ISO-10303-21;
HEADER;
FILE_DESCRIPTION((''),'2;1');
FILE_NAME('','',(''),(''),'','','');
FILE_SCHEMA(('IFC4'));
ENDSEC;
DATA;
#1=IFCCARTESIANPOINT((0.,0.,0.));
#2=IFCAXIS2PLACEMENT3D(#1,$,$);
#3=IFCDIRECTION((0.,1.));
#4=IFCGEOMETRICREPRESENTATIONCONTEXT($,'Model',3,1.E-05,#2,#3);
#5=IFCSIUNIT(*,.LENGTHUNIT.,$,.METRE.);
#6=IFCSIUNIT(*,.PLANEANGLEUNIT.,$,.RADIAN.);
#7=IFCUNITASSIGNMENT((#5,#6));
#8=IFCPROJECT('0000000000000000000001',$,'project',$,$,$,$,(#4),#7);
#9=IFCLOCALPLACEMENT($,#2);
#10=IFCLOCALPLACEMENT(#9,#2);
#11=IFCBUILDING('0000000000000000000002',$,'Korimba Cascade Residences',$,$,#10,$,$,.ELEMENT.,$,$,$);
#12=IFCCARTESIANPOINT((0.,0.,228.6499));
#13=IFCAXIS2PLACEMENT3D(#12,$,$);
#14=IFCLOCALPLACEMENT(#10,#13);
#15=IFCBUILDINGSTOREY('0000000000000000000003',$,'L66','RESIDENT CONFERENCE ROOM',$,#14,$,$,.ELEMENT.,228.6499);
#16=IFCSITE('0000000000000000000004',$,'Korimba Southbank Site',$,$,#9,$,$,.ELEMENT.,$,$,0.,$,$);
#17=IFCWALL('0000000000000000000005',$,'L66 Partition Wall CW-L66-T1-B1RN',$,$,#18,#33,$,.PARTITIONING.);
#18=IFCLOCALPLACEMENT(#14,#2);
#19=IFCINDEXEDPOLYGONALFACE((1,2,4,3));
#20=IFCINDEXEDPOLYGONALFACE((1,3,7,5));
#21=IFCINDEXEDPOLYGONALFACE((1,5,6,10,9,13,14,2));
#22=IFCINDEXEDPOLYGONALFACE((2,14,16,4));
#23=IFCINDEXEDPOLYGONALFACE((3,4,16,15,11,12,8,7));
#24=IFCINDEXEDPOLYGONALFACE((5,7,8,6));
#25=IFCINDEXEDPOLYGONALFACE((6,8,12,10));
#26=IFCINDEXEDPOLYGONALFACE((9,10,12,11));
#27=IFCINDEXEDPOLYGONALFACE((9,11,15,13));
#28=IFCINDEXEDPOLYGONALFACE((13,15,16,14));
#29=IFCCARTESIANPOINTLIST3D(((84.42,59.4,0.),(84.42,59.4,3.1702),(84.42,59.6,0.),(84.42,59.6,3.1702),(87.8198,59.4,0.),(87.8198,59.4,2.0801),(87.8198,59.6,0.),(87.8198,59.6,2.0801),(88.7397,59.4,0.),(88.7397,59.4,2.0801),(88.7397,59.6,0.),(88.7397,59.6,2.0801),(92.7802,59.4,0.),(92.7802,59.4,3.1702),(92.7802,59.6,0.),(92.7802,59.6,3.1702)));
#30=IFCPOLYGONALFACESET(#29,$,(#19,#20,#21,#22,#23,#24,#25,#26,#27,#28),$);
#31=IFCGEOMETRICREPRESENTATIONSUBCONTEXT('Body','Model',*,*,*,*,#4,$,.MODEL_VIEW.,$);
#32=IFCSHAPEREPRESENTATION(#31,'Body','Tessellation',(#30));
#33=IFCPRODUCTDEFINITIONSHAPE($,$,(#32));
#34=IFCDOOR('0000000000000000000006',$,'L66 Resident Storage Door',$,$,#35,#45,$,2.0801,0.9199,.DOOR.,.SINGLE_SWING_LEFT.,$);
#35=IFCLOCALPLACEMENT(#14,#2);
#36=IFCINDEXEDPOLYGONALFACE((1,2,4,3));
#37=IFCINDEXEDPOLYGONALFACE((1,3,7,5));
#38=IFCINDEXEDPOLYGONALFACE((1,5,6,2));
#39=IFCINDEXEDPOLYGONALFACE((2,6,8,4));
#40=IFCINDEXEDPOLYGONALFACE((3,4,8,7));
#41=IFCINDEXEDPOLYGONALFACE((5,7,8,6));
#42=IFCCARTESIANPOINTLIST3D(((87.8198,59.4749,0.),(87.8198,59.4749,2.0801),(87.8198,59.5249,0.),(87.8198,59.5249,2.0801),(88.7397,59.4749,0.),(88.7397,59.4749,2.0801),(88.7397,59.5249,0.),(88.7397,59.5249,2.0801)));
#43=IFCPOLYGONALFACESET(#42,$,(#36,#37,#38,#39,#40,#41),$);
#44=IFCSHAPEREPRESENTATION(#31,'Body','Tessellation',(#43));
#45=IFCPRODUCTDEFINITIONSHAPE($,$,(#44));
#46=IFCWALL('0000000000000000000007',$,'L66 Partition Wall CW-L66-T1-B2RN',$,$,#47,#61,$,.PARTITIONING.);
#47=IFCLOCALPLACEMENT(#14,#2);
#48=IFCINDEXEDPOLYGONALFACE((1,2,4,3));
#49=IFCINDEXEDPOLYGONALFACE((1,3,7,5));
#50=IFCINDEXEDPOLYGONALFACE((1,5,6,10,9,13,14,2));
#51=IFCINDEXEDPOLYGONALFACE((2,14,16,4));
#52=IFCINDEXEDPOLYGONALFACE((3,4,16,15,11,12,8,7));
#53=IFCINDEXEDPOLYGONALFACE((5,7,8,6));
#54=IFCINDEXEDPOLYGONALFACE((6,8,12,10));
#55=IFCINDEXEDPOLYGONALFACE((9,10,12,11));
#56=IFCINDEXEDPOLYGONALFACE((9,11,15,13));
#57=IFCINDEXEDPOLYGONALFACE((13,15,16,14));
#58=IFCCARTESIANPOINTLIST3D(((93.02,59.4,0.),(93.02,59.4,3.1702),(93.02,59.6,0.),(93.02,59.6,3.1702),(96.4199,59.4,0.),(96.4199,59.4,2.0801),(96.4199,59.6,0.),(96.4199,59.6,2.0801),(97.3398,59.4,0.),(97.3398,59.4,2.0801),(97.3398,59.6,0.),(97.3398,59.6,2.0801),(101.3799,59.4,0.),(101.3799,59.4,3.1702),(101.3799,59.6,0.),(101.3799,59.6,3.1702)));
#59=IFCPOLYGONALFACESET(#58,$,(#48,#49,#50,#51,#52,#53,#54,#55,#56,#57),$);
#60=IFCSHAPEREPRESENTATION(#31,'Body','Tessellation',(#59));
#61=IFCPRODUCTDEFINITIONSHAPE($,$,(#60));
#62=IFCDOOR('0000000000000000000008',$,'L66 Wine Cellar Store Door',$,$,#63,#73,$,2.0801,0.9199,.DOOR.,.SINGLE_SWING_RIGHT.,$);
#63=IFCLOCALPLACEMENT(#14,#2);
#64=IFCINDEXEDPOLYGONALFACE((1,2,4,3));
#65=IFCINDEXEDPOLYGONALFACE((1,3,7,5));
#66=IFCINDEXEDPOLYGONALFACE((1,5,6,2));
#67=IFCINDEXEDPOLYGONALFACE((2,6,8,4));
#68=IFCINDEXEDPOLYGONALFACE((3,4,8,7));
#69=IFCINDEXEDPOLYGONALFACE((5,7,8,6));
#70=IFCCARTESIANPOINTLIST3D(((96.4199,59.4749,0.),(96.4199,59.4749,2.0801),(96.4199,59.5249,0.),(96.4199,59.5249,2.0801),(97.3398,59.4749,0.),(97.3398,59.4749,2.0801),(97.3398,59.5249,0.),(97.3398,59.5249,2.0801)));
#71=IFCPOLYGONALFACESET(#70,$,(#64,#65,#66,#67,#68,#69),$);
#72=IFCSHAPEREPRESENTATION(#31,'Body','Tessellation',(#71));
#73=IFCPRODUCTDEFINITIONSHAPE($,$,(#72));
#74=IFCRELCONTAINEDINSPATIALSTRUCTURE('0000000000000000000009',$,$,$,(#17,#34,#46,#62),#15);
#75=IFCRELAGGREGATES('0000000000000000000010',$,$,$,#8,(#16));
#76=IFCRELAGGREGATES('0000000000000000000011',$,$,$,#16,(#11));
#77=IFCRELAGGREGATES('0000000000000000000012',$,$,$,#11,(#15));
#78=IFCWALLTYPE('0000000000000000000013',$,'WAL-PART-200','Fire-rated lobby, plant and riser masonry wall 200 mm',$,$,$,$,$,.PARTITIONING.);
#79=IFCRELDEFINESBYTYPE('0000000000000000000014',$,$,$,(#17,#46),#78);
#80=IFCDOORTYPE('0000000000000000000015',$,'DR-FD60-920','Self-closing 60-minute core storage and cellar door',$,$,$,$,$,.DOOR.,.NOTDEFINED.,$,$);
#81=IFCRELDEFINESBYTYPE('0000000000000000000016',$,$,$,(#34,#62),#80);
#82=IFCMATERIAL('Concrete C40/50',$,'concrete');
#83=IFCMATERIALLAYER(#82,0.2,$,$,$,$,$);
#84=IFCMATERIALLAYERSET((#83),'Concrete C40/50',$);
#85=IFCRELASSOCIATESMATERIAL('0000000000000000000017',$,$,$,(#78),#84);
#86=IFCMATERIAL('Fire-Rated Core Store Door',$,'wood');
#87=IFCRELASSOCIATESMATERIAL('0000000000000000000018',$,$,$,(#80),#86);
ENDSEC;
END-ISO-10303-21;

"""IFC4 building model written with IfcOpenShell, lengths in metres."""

from ifc_helpers import new_model, si_unit, direction, frame, frame_2d, origin, place, context, subcontext, project, spatial, rectangle, extrude, material, layer, layer_set, type_object, element, fill, save


model = new_model("IFC4")

# Units and contexts
model_context = context("Model", 3, precision=1e-05, world=origin(), true_north=direction((0.0, 1.0)))
body_context = subcontext(model_context, "Body", "Model", "MODEL_VIEW")
ifc_project = project(units=[si_unit("LENGTHUNIT", "METRE"), si_unit("PLANEANGLEUNIT", "RADIAN")], contexts=[model_context])

# Site, building, storey
site_placement = place(None, origin())
site = spatial("IfcSite", under=ifc_project, at=site_placement, Name="Korimba Southbank Site", CompositionType="ELEMENT", RefElevation=0.0)
building_placement = place(site_placement, origin())
building = spatial("IfcBuilding", under=site, at=building_placement, Name="Korimba Cascade Residences", CompositionType="ELEMENT")
storey_placement = place(building_placement, frame((0.0, 0.0, 228.6499)))
storey = spatial("IfcBuildingStorey", under=building, at=storey_placement, Name="L66", Description="RESIDENT CONFERENCE ROOM", CompositionType="ELEMENT", Elevation=228.6499)

# Shared definitions
ifc_material_1 = material(Name="Concrete C40/50", Category="concrete")
ifc_layer_1 = layer(ifc_material_1, 0.2)
ifc_layer_set_1 = layer_set([ifc_layer_1], Name="Concrete C40/50")
wall_type_1 = type_object("IfcWallType", Name="WAL-PART-200", Description="Fire-rated lobby, plant and riser masonry wall 200 mm", PredefinedType="PARTITIONING", material=ifc_layer_set_1)

# Walls, openings, doors
wall_1_placement = place(storey_placement, frame((84.4199, 59.5, 0.0), z_axis=(0.0, 0.0, 1.0), x_axis=(1.0, 0.0, 0.0)))
wall_1 = element("IfcWall", 1, at=wall_1_placement, inside=storey, type_object=wall_type_1, Name="L66 Partition Wall CW-L66-T1-B1RN", PredefinedType="PARTITIONING", context=body_context, shape_type="SweptSolid", body=[
    extrude(rectangle(XDim=8.3601, YDim=0.2, at=frame_2d((4.1802, 0.0))), origin(), (0.0, 0.0, 1.0), 3.1702),
])
opening_1_placement = place(wall_1_placement, frame((3.3999, 0.0, 0.0)))
opening_1 = element("IfcOpeningElement", 2, at=opening_1_placement, cuts=wall_1, PredefinedType="OPENING", context=body_context, shape_type="SweptSolid", body=[
    extrude(rectangle(XDim=0.9199, YDim=2.0801, at=frame_2d((0.46, 1.04))), frame((0.0, 0.1099, 0.0), z_axis=(0.0, -1.0, 0.0), x_axis=(1.0, 0.0, 0.0)), (0.0, 0.0, 1.0), 0.22),
])
ifc_material_2 = material(Name="Fire-Rated Core Store Door", Category="wood")
door_type_1 = type_object("IfcDoorType", Name="DR-FD60-920", Description="Self-closing 60-minute core storage and cellar door", OperationType="NOTDEFINED", PredefinedType="DOOR", material=ifc_material_2)
door_1_placement = place(opening_1_placement, origin())
door_1 = element("IfcDoor", 3, at=door_1_placement, inside=storey, type_object=door_type_1, Name="L66 Resident Storage Door", OperationType="SINGLE_SWING_LEFT", OverallHeight=2.0801, OverallWidth=0.9199, PredefinedType="DOOR", context=body_context, shape_type="SweptSolid", body=[
    extrude(rectangle(XDim=0.9199, YDim=2.0801, at=frame_2d((0.46, 1.04))), frame((0.0, 0.0249, 0.0), z_axis=(0.0, -1.0, 0.0), x_axis=(1.0, 0.0, 0.0)), (0.0, 0.0, 1.0), 0.05),
])
fill(opening_1, door_1)
wall_2_placement = place(storey_placement, frame((93.02, 59.5, 0.0), z_axis=(0.0, 0.0, 1.0), x_axis=(1.0, 0.0, 0.0)))
wall_2 = element("IfcWall", 4, at=wall_2_placement, inside=storey, type_object=wall_type_1, Name="L66 Partition Wall CW-L66-T1-B2RN", PredefinedType="PARTITIONING", context=body_context, shape_type="SweptSolid", body=[
    extrude(rectangle(XDim=8.3599, YDim=0.2, at=frame_2d((4.1799, 0.0))), origin(), (0.0, 0.0, 1.0), 3.1702),
])
opening_2_placement = place(wall_2_placement, frame((3.3999, 0.0, 0.0)))
opening_2 = element("IfcOpeningElement", 5, at=opening_2_placement, cuts=wall_2, PredefinedType="OPENING", context=body_context, shape_type="SweptSolid", body=[
    extrude(rectangle(XDim=0.9199, YDim=2.0801, at=frame_2d((0.46, 1.04))), frame((0.0, 0.1099, 0.0), z_axis=(0.0, -1.0, 0.0), x_axis=(1.0, 0.0, 0.0)), (0.0, 0.0, 1.0), 0.22),
])
door_2_placement = place(opening_2_placement, origin())
door_2 = element("IfcDoor", 6, at=door_2_placement, inside=storey, type_object=door_type_1, Name="L66 Wine Cellar Store Door", OperationType="SINGLE_SWING_RIGHT", OverallHeight=2.0801, OverallWidth=0.9199, PredefinedType="DOOR", context=body_context, shape_type="SweptSolid", body=[
    extrude(rectangle(XDim=0.9199, YDim=2.0801, at=frame_2d((0.46, 1.04))), frame((0.0, 0.0249, 0.0), z_axis=(0.0, -1.0, 0.0), x_axis=(1.0, 0.0, 0.0)), (0.0, 0.0, 1.0), 0.05),
])
fill(opening_2, door_2)

save(model, "model.ifc")
